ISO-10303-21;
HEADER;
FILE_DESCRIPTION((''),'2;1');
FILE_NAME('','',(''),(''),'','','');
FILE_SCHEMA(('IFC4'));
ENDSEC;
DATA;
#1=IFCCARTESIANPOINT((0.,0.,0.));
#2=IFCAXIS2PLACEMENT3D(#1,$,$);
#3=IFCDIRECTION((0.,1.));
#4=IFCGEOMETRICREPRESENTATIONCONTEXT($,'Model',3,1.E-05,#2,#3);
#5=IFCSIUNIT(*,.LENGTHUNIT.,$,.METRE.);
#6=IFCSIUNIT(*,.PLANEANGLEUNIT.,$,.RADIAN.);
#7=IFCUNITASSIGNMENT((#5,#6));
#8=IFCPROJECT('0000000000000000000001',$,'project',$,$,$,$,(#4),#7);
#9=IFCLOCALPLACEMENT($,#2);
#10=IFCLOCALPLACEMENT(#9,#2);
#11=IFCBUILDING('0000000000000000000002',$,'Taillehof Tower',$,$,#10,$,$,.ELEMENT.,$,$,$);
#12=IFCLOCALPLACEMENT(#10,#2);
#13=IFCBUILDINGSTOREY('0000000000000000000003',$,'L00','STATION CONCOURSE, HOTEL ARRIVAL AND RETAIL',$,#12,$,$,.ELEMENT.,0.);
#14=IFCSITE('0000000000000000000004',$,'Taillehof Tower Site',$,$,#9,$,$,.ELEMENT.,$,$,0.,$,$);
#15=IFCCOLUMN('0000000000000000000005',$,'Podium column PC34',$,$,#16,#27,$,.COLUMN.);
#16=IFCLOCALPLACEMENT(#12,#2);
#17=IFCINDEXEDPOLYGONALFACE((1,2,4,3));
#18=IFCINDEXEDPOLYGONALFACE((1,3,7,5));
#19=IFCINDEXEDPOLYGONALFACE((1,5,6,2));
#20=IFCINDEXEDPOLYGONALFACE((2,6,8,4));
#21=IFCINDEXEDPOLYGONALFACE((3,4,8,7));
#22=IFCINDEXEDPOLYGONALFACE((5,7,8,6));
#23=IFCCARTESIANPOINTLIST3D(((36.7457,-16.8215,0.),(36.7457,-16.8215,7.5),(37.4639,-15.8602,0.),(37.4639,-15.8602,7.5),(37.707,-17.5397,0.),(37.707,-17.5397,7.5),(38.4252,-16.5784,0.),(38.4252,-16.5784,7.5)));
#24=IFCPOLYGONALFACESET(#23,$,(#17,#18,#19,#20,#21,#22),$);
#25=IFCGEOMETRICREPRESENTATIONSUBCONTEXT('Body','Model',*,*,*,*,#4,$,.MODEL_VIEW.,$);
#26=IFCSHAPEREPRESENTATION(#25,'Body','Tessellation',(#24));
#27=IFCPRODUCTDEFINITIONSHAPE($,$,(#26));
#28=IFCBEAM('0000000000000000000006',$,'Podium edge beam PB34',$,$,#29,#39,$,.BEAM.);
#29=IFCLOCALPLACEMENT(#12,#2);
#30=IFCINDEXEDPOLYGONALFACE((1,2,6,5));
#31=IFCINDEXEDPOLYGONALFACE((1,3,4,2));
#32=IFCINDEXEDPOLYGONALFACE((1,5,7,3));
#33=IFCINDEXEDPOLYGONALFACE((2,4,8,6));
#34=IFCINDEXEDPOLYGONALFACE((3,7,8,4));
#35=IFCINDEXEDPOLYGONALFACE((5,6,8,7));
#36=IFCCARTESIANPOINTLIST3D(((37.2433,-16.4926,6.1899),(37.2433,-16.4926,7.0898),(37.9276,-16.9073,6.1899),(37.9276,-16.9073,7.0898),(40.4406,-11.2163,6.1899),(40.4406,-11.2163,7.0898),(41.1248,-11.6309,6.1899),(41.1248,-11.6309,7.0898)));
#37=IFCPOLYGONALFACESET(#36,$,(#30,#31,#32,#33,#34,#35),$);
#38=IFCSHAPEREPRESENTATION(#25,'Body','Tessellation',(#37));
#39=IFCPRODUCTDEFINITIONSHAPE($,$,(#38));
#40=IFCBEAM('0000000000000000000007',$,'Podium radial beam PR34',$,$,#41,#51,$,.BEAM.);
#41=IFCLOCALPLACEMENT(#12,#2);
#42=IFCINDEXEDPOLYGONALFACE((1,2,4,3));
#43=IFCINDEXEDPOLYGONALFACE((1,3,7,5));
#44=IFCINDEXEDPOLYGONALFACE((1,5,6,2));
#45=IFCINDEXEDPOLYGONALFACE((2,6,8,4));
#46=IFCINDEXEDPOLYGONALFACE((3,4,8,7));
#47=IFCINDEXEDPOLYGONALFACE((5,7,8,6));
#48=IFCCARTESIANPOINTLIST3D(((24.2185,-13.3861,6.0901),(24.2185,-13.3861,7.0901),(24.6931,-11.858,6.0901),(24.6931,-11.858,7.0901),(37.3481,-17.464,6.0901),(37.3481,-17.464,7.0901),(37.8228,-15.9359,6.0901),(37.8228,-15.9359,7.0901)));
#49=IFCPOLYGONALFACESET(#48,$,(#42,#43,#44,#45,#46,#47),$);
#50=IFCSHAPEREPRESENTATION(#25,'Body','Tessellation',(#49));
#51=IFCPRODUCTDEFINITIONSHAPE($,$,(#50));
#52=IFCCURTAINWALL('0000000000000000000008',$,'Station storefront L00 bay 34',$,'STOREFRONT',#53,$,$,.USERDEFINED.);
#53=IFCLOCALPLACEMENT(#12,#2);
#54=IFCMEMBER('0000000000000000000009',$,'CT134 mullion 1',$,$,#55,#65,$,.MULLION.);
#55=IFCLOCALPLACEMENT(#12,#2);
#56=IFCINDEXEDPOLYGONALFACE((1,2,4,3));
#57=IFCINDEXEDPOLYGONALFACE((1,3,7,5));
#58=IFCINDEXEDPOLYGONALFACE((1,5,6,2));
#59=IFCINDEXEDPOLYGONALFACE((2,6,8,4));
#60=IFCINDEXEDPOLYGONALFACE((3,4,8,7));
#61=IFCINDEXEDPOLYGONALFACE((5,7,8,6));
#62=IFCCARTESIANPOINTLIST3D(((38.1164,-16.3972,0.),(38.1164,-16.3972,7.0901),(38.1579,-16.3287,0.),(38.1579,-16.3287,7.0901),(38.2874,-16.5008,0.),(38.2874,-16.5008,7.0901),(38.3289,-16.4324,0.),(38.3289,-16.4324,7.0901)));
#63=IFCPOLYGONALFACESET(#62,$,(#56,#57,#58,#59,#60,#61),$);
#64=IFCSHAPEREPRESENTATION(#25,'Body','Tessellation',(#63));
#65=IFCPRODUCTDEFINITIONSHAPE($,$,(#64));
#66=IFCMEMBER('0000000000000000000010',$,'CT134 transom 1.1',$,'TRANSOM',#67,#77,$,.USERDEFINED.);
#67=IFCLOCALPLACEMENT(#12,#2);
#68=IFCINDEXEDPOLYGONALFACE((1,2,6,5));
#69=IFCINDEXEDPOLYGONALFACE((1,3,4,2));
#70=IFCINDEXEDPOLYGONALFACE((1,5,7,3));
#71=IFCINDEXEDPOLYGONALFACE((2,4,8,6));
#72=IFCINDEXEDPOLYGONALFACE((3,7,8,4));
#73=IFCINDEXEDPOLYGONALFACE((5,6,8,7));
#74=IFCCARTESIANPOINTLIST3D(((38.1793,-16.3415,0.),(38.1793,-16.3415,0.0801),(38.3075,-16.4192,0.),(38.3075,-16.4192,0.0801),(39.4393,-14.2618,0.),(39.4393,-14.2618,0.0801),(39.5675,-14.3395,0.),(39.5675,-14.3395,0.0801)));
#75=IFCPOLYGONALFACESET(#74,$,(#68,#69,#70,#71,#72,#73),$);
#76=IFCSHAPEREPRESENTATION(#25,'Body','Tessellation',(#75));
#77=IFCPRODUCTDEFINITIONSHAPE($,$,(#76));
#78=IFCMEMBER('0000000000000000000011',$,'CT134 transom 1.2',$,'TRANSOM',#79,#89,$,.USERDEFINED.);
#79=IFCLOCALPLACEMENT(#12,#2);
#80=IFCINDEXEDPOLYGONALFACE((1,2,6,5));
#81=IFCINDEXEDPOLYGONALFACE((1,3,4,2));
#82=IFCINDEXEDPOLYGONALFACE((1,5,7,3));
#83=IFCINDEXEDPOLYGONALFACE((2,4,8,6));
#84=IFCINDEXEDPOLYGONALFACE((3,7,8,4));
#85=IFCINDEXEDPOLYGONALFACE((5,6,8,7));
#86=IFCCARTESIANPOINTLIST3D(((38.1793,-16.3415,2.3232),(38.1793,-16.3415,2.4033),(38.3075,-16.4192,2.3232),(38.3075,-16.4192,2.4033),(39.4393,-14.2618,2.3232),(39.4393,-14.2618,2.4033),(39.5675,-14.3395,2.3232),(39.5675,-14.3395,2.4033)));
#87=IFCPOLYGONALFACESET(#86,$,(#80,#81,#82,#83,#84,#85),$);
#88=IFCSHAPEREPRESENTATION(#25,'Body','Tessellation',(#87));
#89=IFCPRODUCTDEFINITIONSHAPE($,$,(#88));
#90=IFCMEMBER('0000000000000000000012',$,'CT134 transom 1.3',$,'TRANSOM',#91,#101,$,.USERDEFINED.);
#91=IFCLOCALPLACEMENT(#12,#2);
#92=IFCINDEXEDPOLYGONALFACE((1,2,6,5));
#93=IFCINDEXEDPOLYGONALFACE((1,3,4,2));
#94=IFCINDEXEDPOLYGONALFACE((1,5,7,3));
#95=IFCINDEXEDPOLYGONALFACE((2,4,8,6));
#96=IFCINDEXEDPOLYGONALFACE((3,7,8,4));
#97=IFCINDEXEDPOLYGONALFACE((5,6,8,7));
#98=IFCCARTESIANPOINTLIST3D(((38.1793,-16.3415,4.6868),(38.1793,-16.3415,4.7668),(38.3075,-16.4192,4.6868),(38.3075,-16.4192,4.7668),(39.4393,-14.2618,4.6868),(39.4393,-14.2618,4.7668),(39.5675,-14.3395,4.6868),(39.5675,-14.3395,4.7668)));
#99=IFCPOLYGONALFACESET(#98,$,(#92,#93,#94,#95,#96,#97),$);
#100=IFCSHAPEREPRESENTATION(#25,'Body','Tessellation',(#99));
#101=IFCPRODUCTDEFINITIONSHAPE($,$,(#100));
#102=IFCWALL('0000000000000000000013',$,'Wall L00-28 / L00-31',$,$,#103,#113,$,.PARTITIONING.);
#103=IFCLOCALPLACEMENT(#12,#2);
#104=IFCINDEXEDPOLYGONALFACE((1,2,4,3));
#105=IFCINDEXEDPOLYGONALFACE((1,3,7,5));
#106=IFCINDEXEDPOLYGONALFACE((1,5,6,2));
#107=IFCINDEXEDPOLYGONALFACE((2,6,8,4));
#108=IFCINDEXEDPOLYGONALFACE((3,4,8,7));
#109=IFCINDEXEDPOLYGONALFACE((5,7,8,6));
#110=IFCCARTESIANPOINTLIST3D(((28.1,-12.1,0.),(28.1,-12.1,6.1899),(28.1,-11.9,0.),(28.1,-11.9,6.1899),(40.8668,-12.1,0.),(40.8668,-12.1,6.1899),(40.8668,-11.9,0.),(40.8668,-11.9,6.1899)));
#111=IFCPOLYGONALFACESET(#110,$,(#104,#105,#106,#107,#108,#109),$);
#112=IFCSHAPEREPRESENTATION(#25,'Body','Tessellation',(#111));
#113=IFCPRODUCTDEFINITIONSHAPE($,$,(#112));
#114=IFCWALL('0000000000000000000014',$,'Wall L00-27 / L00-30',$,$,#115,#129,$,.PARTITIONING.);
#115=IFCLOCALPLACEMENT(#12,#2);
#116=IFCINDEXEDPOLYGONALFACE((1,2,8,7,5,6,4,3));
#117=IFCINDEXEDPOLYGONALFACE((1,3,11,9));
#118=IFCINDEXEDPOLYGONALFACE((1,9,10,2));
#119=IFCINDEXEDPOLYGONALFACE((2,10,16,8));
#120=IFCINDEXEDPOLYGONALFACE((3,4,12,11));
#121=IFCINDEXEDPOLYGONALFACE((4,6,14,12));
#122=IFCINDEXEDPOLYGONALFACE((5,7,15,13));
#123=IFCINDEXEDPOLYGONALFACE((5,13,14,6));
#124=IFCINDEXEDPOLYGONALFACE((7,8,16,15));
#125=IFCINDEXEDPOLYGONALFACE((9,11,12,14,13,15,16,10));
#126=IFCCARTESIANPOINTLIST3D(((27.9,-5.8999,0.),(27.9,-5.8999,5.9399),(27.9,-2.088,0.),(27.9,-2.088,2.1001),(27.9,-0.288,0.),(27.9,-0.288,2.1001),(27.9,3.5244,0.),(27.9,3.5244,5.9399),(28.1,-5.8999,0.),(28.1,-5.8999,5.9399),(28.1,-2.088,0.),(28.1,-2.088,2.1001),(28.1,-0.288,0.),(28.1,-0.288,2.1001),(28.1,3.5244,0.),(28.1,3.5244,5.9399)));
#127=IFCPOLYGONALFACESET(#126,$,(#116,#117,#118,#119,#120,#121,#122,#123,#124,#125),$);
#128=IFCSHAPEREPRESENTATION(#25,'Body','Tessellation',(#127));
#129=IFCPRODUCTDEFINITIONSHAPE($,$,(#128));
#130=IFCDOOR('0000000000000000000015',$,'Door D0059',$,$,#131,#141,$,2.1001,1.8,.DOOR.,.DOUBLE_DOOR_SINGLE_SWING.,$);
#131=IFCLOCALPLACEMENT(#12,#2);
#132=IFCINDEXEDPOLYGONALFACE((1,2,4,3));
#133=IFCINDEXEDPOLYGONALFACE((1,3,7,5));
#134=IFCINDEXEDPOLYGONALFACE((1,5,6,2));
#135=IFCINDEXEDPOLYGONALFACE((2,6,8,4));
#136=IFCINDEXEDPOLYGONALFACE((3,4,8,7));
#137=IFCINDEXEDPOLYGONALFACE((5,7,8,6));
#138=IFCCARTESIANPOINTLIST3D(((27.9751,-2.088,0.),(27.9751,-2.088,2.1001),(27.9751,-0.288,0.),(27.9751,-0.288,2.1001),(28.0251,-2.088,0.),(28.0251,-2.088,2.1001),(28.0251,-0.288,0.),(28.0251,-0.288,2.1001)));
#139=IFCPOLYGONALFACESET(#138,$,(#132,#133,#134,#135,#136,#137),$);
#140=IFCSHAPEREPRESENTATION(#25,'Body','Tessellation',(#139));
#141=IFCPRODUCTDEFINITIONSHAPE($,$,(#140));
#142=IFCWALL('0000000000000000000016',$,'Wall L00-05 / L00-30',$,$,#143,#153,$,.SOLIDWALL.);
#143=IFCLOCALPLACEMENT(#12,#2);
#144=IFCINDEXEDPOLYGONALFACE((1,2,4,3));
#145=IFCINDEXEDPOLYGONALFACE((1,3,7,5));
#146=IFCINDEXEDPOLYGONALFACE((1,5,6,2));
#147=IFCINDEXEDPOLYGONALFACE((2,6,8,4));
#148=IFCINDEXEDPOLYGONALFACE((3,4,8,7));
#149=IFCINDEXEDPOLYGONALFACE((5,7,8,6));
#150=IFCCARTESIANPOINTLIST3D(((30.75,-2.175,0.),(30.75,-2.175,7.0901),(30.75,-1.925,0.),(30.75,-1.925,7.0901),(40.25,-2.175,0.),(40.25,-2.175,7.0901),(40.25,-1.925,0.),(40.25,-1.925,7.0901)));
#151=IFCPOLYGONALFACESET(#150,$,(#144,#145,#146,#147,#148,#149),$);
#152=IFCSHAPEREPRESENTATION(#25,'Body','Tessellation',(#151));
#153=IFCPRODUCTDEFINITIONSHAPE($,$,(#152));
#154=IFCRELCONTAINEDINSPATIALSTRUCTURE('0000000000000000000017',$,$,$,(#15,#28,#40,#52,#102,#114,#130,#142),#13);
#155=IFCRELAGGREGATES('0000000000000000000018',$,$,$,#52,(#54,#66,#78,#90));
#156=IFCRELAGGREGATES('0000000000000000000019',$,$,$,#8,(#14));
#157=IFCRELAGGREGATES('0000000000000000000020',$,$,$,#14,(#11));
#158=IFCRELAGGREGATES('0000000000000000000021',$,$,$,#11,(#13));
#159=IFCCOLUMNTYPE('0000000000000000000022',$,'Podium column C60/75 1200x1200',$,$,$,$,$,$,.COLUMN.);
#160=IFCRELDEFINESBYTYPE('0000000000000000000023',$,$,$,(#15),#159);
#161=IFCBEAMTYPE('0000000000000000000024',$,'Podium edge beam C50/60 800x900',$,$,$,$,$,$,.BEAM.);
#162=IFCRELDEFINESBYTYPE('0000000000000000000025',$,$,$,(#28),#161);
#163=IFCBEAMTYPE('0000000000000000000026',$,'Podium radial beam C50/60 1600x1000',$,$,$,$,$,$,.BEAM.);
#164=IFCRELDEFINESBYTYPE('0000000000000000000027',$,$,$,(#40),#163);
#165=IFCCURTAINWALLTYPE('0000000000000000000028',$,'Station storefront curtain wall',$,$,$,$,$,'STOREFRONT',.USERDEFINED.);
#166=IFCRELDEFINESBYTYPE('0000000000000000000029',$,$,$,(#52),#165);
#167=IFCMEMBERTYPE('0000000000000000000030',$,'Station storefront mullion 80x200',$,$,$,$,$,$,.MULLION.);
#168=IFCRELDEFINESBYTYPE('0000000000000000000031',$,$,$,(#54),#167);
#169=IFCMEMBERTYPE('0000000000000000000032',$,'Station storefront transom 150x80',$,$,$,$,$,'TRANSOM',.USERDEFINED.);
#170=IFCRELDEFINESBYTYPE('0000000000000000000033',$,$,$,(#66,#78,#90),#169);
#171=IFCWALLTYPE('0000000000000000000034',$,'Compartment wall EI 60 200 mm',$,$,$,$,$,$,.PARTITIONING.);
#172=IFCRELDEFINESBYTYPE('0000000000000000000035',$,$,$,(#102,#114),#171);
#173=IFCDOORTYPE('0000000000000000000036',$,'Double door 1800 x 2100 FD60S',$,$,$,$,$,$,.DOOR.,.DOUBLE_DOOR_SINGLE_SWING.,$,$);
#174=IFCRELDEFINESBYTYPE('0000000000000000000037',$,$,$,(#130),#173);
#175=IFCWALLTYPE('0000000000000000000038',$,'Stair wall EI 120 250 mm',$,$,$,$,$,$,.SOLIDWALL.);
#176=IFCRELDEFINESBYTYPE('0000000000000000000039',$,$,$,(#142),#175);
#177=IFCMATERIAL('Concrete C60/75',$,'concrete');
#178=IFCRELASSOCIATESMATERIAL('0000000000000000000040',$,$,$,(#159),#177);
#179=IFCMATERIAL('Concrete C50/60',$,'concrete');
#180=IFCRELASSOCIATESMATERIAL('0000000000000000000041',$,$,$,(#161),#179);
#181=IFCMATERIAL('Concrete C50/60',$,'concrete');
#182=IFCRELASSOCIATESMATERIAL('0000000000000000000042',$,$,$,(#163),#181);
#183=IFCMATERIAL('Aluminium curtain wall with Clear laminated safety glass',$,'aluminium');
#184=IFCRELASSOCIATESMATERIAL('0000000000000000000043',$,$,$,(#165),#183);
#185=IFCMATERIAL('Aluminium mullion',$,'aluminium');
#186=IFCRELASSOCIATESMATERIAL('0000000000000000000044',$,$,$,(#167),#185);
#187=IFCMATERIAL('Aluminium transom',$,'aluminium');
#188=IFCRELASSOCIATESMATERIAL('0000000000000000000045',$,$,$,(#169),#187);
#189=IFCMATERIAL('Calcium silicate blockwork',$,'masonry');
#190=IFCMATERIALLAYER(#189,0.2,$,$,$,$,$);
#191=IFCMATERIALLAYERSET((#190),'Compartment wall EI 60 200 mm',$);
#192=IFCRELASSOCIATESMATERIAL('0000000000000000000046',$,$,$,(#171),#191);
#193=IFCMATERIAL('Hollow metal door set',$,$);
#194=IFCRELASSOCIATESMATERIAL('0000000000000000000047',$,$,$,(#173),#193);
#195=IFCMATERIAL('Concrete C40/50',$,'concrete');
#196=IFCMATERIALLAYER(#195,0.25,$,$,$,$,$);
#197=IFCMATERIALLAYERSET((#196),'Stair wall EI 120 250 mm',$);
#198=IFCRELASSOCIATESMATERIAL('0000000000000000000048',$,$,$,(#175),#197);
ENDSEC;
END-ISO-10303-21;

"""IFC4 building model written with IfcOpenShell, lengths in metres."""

from ifc_helpers import new_model, si_unit, direction, frame, frame_2d, origin, origin_2d, place, context, subcontext, project, spatial, rectangle, extrude, material, layer, layer_set, material_profile, profile_set, type_object, element, fill, aggregate, save


model = new_model("IFC4")

# Units and contexts
model_context = context("Model", 3, precision=1e-05, world=origin(), true_north=direction((0.0, 1.0)))
body_context = subcontext(model_context, "Body", "Model", "MODEL_VIEW")
ifc_project = project(units=[si_unit("LENGTHUNIT", "METRE"), si_unit("PLANEANGLEUNIT", "RADIAN")], contexts=[model_context])

# Site, building, storey
site_placement = place(None, origin())
site = spatial("IfcSite", under=ifc_project, at=site_placement, Name="Taillehof Tower Site", CompositionType="ELEMENT", RefElevation=0.0)
building_placement = place(site_placement, origin())
building = spatial("IfcBuilding", under=site, at=building_placement, Name="Taillehof Tower", CompositionType="ELEMENT")
storey_placement = place(building_placement, origin())
storey = spatial("IfcBuildingStorey", under=building, at=storey_placement, Name="L00", Description="STATION CONCOURSE, HOTEL ARRIVAL AND RETAIL", CompositionType="ELEMENT", Elevation=0.0)

# Column
ifc_material_1 = material(Name="Concrete C60/75", Category="concrete")
ifc_material_profile_1 = material_profile(ifc_material_1, rectangle(XDim=1.2, YDim=1.2, at=origin_2d()), Name="RC 1200x1200")
ifc_profile_set_1 = profile_set([ifc_material_profile_1], Name="Concrete C60/75")
column_type = type_object("IfcColumnType", Name="Podium column C60/75 1200x1200", PredefinedType="COLUMN", material=ifc_profile_set_1)
column_placement = place(storey_placement, frame((37.5854, -16.7, 0.0), z_axis=(0.0, 0.0, 1.0), x_axis=(0.801091, -0.598542, 0.0)))
element("IfcColumn", 1, at=column_placement, inside=storey, type_object=column_type, Name="Podium column PC34", PredefinedType="COLUMN", context=body_context, shape_type="SweptSolid", body=[
    extrude(rectangle(XDim=1.2, YDim=1.2, at=origin_2d()), origin(), (0.0, 0.0, 1.0), 7.5),
])

# Beams
ifc_material_2 = material(Name="Concrete C50/60", Category="concrete")
ifc_material_profile_2 = material_profile(ifc_material_2, rectangle(XDim=0.8, YDim=0.8999, at=origin_2d()), Name="RC 800x900")
ifc_profile_set_2 = profile_set([ifc_material_profile_2], Name="Concrete C50/60")
beam_type_1 = type_object("IfcBeamType", Name="Podium edge beam C50/60 800x900", PredefinedType="BEAM", material=ifc_profile_set_2)
beam_1_placement = place(storey_placement, frame((37.5854, -16.7, 6.6399), z_axis=(0.518239, 0.855236, 0.0), x_axis=(-0.855236, 0.518239, 0.0)))
element("IfcBeam", 2, at=beam_1_placement, inside=storey, type_object=beam_type_1, Name="Podium edge beam PB34", PredefinedType="BEAM", context=body_context, shape_type="SweptSolid", body=[
    extrude(rectangle(XDim=0.8, YDim=0.8999, at=origin_2d()), origin(), (0.0, 0.0, 1.0), 6.1694),
])
ifc_material_3 = material(Name="Concrete C50/60", Category="concrete")
ifc_material_profile_3 = material_profile(ifc_material_3, rectangle(XDim=1.6001, YDim=1.0, at=origin_2d()), Name="RC 1600x1000")
ifc_profile_set_3 = profile_set([ifc_material_profile_3], Name="Concrete C50/60")
beam_type_2 = type_object("IfcBeamType", Name="Podium radial beam C50/60 1600x1000", PredefinedType="BEAM", material=ifc_profile_set_3)
beam_2_placement = place(storey_placement, frame((37.5854, -16.7, 6.5901), z_axis=(-0.954999, 0.296609, 0.0), x_axis=(-0.296609, -0.954999, 0.0)))
element("IfcBeam", 3, at=beam_2_placement, inside=storey, type_object=beam_type_2, Name="Podium radial beam PR34", PredefinedType="BEAM", context=body_context, shape_type="SweptSolid", body=[
    extrude(rectangle(XDim=1.6001, YDim=1.0, at=origin_2d()), origin(), (0.0, 0.0, 1.0), 13.7483),
])

# Curtain wall, members
ifc_material_4 = material(Name="Aluminium curtain wall with Clear laminated safety glass", Category="aluminium")
curtain_wall_type = type_object("IfcCurtainWallType", Name="Station storefront curtain wall", ElementType="STOREFRONT", PredefinedType="USERDEFINED", material=ifc_material_4)
curtain_wall_placement = place(storey_placement, origin())
curtain_wall = element("IfcCurtainWall", 4, at=curtain_wall_placement, inside=storey, type_object=curtain_wall_type, Name="Station storefront L00 bay 34", ObjectType="STOREFRONT", PredefinedType="USERDEFINED")
ifc_material_5 = material(Name="Aluminium mullion", Category="aluminium")
ifc_material_profile_4 = material_profile(ifc_material_5, rectangle(XDim=0.2, YDim=0.0801, at=origin_2d()), Name="AL 80x200")
ifc_profile_set_4 = profile_set([ifc_material_profile_4], Name="Aluminium mullion")
member_type_1 = type_object("IfcMemberType", Name="Station storefront mullion 80x200", PredefinedType="MULLION", material=ifc_profile_set_4)
member_1_placement = place(storey_placement, frame((38.2227, -16.4148, 0.0), z_axis=(0.0, 0.0, 1.0), x_axis=(-0.855289, 0.518151, 0.0)))
member_1 = element("IfcMember", 5, at=member_1_placement, type_object=member_type_1, Name="CT134 mullion 1", PredefinedType="MULLION", context=body_context, shape_type="SweptSolid", body=[
    extrude(rectangle(XDim=0.2, YDim=0.0801, at=origin_2d()), origin(), (0.0, 0.0, 1.0), 7.0901),
])
ifc_material_6 = material(Name="Aluminium transom", Category="aluminium")
ifc_material_profile_5 = material_profile(ifc_material_6, rectangle(XDim=0.1499, YDim=0.0801, at=origin_2d()), Name="AL 150x80")
ifc_profile_set_5 = profile_set([ifc_material_profile_5], Name="Aluminium transom")
member_type_2 = type_object("IfcMemberType", Name="Station storefront transom 150x80", ElementType="TRANSOM", PredefinedType="USERDEFINED", material=ifc_profile_set_5)
member_2_placement = place(storey_placement, frame((38.2434, -16.3804, 0.04), z_axis=(0.518153, 0.855288, 0.0), x_axis=(-0.855288, 0.518153, 0.0)))
member_2 = element("IfcMember", 6, at=member_2_placement, type_object=member_type_2, Name="CT134 transom 1.1", ObjectType="TRANSOM", PredefinedType="USERDEFINED", context=body_context, shape_type="SweptSolid", body=[
    extrude(rectangle(XDim=0.1499, YDim=0.0801, at=origin_2d()), origin(), (0.0, 0.0, 1.0), 2.4316),
])
member_3_placement = place(storey_placement, frame((38.2434, -16.3804, 2.3633), z_axis=(0.518153, 0.855288, 0.0), x_axis=(-0.855288, 0.518153, 0.0)))
member_3 = element("IfcMember", 7, at=member_3_placement, type_object=member_type_2, Name="CT134 transom 1.2", ObjectType="TRANSOM", PredefinedType="USERDEFINED", context=body_context, shape_type="SweptSolid", body=[
    extrude(rectangle(XDim=0.1499, YDim=0.0801, at=origin_2d()), origin(), (0.0, 0.0, 1.0), 2.4316),
])
member_4_placement = place(storey_placement, frame((38.2434, -16.3804, 4.7268), z_axis=(0.518153, 0.855288, 0.0), x_axis=(-0.855288, 0.518153, 0.0)))
member_4 = element("IfcMember", 8, at=member_4_placement, type_object=member_type_2, Name="CT134 transom 1.3", ObjectType="TRANSOM", PredefinedType="USERDEFINED", context=body_context, shape_type="SweptSolid", body=[
    extrude(rectangle(XDim=0.1499, YDim=0.0801, at=origin_2d()), origin(), (0.0, 0.0, 1.0), 2.4316),
])
aggregate(curtain_wall, [member_1, member_2, member_3, member_4])

# Wall
ifc_material_7 = material(Name="Calcium silicate blockwork", Category="masonry")
ifc_layer_1 = layer(ifc_material_7, 0.2)
ifc_layer_set_1 = layer_set([ifc_layer_1], Name="Compartment wall EI 60 200 mm")
wall_type_1 = type_object("IfcWallType", Name="Compartment wall EI 60 200 mm", PredefinedType="PARTITIONING", material=ifc_layer_set_1)
wall_1_placement = place(storey_placement, frame((28.1001, -12.0, 0.0), z_axis=(0.0, 0.0, 1.0), x_axis=(1.0, 0.0, 0.0)))
element("IfcWall", 9, at=wall_1_placement, inside=storey, type_object=wall_type_1, Name="Wall L00-28 / L00-31", PredefinedType="PARTITIONING", context=body_context, shape_type="SweptSolid", body=[
    extrude(rectangle(XDim=12.7668, YDim=0.2, at=frame_2d((6.3833, 0.0))), origin(), (0.0, 0.0, 1.0), 6.1899),
])

# Wall, opening, door
wall_2_placement = place(storey_placement, frame((28.0, -5.8999, 0.0), z_axis=(0.0, 0.0, 1.0), x_axis=(0.0, 1.0, 0.0)))
wall_2 = element("IfcWall", 10, at=wall_2_placement, inside=storey, type_object=wall_type_1, Name="Wall L00-27 / L00-30", PredefinedType="PARTITIONING", context=body_context, shape_type="SweptSolid", body=[
    extrude(rectangle(XDim=9.4243, YDim=0.2, at=frame_2d((4.7122, 0.0))), origin(), (0.0, 0.0, 1.0), 5.9399),
])
opening_1_placement = place(wall_2_placement, frame((3.812, 0.0, 0.0)))
opening_1 = element("IfcOpeningElement", 11, at=opening_1_placement, cuts=wall_2, PredefinedType="OPENING", context=body_context, shape_type="SweptSolid", body=[
    extrude(rectangle(XDim=1.8, YDim=2.1001, at=frame_2d((0.8999, 1.05))), frame((0.0, 0.1099, 0.0), z_axis=(0.0, -1.0, 0.0), x_axis=(1.0, 0.0, 0.0)), (0.0, 0.0, 1.0), 0.22),
])
ifc_material_8 = material(Name="Hollow metal door set")
door_type_1 = type_object("IfcDoorType", Name="Double door 1800 x 2100 FD60S", OperationType="DOUBLE_DOOR_SINGLE_SWING", PredefinedType="DOOR", material=ifc_material_8)
door_1_placement = place(opening_1_placement, origin())
door_1 = element("IfcDoor", 12, at=door_1_placement, inside=storey, type_object=door_type_1, Name="Door D0059", OperationType="DOUBLE_DOOR_SINGLE_SWING", OverallHeight=2.1001, OverallWidth=1.8, PredefinedType="DOOR", context=body_context, shape_type="SweptSolid", body=[
    extrude(rectangle(XDim=1.8, YDim=2.1001, at=frame_2d((0.8999, 1.05))), frame((0.0, 0.0249, 0.0), z_axis=(0.0, -1.0, 0.0), x_axis=(1.0, 0.0, 0.0)), (0.0, 0.0, 1.0), 0.05),
])
fill(opening_1, door_1)

# Wall
ifc_material_9 = material(Name="Concrete C40/50", Category="concrete")
ifc_layer_2 = layer(ifc_material_9, 0.25)
ifc_layer_set_2 = layer_set([ifc_layer_2], Name="Stair wall EI 120 250 mm")
wall_type_2 = type_object("IfcWallType", Name="Stair wall EI 120 250 mm", PredefinedType="SOLIDWALL", material=ifc_layer_set_2)
wall_3_placement = place(storey_placement, frame((30.75, -2.05, 0.0), z_axis=(0.0, 0.0, 1.0), x_axis=(1.0, 0.0, 0.0)))
element("IfcWall", 13, at=wall_3_placement, inside=storey, type_object=wall_type_2, Name="Wall L00-05 / L00-30", PredefinedType="SOLIDWALL", context=body_context, shape_type="SweptSolid", body=[
    extrude(rectangle(XDim=9.5, YDim=0.25, at=frame_2d((4.75, 0.0))), origin(), (0.0, 0.0, 1.0), 7.0901),
])

save(model, "model.ifc")
